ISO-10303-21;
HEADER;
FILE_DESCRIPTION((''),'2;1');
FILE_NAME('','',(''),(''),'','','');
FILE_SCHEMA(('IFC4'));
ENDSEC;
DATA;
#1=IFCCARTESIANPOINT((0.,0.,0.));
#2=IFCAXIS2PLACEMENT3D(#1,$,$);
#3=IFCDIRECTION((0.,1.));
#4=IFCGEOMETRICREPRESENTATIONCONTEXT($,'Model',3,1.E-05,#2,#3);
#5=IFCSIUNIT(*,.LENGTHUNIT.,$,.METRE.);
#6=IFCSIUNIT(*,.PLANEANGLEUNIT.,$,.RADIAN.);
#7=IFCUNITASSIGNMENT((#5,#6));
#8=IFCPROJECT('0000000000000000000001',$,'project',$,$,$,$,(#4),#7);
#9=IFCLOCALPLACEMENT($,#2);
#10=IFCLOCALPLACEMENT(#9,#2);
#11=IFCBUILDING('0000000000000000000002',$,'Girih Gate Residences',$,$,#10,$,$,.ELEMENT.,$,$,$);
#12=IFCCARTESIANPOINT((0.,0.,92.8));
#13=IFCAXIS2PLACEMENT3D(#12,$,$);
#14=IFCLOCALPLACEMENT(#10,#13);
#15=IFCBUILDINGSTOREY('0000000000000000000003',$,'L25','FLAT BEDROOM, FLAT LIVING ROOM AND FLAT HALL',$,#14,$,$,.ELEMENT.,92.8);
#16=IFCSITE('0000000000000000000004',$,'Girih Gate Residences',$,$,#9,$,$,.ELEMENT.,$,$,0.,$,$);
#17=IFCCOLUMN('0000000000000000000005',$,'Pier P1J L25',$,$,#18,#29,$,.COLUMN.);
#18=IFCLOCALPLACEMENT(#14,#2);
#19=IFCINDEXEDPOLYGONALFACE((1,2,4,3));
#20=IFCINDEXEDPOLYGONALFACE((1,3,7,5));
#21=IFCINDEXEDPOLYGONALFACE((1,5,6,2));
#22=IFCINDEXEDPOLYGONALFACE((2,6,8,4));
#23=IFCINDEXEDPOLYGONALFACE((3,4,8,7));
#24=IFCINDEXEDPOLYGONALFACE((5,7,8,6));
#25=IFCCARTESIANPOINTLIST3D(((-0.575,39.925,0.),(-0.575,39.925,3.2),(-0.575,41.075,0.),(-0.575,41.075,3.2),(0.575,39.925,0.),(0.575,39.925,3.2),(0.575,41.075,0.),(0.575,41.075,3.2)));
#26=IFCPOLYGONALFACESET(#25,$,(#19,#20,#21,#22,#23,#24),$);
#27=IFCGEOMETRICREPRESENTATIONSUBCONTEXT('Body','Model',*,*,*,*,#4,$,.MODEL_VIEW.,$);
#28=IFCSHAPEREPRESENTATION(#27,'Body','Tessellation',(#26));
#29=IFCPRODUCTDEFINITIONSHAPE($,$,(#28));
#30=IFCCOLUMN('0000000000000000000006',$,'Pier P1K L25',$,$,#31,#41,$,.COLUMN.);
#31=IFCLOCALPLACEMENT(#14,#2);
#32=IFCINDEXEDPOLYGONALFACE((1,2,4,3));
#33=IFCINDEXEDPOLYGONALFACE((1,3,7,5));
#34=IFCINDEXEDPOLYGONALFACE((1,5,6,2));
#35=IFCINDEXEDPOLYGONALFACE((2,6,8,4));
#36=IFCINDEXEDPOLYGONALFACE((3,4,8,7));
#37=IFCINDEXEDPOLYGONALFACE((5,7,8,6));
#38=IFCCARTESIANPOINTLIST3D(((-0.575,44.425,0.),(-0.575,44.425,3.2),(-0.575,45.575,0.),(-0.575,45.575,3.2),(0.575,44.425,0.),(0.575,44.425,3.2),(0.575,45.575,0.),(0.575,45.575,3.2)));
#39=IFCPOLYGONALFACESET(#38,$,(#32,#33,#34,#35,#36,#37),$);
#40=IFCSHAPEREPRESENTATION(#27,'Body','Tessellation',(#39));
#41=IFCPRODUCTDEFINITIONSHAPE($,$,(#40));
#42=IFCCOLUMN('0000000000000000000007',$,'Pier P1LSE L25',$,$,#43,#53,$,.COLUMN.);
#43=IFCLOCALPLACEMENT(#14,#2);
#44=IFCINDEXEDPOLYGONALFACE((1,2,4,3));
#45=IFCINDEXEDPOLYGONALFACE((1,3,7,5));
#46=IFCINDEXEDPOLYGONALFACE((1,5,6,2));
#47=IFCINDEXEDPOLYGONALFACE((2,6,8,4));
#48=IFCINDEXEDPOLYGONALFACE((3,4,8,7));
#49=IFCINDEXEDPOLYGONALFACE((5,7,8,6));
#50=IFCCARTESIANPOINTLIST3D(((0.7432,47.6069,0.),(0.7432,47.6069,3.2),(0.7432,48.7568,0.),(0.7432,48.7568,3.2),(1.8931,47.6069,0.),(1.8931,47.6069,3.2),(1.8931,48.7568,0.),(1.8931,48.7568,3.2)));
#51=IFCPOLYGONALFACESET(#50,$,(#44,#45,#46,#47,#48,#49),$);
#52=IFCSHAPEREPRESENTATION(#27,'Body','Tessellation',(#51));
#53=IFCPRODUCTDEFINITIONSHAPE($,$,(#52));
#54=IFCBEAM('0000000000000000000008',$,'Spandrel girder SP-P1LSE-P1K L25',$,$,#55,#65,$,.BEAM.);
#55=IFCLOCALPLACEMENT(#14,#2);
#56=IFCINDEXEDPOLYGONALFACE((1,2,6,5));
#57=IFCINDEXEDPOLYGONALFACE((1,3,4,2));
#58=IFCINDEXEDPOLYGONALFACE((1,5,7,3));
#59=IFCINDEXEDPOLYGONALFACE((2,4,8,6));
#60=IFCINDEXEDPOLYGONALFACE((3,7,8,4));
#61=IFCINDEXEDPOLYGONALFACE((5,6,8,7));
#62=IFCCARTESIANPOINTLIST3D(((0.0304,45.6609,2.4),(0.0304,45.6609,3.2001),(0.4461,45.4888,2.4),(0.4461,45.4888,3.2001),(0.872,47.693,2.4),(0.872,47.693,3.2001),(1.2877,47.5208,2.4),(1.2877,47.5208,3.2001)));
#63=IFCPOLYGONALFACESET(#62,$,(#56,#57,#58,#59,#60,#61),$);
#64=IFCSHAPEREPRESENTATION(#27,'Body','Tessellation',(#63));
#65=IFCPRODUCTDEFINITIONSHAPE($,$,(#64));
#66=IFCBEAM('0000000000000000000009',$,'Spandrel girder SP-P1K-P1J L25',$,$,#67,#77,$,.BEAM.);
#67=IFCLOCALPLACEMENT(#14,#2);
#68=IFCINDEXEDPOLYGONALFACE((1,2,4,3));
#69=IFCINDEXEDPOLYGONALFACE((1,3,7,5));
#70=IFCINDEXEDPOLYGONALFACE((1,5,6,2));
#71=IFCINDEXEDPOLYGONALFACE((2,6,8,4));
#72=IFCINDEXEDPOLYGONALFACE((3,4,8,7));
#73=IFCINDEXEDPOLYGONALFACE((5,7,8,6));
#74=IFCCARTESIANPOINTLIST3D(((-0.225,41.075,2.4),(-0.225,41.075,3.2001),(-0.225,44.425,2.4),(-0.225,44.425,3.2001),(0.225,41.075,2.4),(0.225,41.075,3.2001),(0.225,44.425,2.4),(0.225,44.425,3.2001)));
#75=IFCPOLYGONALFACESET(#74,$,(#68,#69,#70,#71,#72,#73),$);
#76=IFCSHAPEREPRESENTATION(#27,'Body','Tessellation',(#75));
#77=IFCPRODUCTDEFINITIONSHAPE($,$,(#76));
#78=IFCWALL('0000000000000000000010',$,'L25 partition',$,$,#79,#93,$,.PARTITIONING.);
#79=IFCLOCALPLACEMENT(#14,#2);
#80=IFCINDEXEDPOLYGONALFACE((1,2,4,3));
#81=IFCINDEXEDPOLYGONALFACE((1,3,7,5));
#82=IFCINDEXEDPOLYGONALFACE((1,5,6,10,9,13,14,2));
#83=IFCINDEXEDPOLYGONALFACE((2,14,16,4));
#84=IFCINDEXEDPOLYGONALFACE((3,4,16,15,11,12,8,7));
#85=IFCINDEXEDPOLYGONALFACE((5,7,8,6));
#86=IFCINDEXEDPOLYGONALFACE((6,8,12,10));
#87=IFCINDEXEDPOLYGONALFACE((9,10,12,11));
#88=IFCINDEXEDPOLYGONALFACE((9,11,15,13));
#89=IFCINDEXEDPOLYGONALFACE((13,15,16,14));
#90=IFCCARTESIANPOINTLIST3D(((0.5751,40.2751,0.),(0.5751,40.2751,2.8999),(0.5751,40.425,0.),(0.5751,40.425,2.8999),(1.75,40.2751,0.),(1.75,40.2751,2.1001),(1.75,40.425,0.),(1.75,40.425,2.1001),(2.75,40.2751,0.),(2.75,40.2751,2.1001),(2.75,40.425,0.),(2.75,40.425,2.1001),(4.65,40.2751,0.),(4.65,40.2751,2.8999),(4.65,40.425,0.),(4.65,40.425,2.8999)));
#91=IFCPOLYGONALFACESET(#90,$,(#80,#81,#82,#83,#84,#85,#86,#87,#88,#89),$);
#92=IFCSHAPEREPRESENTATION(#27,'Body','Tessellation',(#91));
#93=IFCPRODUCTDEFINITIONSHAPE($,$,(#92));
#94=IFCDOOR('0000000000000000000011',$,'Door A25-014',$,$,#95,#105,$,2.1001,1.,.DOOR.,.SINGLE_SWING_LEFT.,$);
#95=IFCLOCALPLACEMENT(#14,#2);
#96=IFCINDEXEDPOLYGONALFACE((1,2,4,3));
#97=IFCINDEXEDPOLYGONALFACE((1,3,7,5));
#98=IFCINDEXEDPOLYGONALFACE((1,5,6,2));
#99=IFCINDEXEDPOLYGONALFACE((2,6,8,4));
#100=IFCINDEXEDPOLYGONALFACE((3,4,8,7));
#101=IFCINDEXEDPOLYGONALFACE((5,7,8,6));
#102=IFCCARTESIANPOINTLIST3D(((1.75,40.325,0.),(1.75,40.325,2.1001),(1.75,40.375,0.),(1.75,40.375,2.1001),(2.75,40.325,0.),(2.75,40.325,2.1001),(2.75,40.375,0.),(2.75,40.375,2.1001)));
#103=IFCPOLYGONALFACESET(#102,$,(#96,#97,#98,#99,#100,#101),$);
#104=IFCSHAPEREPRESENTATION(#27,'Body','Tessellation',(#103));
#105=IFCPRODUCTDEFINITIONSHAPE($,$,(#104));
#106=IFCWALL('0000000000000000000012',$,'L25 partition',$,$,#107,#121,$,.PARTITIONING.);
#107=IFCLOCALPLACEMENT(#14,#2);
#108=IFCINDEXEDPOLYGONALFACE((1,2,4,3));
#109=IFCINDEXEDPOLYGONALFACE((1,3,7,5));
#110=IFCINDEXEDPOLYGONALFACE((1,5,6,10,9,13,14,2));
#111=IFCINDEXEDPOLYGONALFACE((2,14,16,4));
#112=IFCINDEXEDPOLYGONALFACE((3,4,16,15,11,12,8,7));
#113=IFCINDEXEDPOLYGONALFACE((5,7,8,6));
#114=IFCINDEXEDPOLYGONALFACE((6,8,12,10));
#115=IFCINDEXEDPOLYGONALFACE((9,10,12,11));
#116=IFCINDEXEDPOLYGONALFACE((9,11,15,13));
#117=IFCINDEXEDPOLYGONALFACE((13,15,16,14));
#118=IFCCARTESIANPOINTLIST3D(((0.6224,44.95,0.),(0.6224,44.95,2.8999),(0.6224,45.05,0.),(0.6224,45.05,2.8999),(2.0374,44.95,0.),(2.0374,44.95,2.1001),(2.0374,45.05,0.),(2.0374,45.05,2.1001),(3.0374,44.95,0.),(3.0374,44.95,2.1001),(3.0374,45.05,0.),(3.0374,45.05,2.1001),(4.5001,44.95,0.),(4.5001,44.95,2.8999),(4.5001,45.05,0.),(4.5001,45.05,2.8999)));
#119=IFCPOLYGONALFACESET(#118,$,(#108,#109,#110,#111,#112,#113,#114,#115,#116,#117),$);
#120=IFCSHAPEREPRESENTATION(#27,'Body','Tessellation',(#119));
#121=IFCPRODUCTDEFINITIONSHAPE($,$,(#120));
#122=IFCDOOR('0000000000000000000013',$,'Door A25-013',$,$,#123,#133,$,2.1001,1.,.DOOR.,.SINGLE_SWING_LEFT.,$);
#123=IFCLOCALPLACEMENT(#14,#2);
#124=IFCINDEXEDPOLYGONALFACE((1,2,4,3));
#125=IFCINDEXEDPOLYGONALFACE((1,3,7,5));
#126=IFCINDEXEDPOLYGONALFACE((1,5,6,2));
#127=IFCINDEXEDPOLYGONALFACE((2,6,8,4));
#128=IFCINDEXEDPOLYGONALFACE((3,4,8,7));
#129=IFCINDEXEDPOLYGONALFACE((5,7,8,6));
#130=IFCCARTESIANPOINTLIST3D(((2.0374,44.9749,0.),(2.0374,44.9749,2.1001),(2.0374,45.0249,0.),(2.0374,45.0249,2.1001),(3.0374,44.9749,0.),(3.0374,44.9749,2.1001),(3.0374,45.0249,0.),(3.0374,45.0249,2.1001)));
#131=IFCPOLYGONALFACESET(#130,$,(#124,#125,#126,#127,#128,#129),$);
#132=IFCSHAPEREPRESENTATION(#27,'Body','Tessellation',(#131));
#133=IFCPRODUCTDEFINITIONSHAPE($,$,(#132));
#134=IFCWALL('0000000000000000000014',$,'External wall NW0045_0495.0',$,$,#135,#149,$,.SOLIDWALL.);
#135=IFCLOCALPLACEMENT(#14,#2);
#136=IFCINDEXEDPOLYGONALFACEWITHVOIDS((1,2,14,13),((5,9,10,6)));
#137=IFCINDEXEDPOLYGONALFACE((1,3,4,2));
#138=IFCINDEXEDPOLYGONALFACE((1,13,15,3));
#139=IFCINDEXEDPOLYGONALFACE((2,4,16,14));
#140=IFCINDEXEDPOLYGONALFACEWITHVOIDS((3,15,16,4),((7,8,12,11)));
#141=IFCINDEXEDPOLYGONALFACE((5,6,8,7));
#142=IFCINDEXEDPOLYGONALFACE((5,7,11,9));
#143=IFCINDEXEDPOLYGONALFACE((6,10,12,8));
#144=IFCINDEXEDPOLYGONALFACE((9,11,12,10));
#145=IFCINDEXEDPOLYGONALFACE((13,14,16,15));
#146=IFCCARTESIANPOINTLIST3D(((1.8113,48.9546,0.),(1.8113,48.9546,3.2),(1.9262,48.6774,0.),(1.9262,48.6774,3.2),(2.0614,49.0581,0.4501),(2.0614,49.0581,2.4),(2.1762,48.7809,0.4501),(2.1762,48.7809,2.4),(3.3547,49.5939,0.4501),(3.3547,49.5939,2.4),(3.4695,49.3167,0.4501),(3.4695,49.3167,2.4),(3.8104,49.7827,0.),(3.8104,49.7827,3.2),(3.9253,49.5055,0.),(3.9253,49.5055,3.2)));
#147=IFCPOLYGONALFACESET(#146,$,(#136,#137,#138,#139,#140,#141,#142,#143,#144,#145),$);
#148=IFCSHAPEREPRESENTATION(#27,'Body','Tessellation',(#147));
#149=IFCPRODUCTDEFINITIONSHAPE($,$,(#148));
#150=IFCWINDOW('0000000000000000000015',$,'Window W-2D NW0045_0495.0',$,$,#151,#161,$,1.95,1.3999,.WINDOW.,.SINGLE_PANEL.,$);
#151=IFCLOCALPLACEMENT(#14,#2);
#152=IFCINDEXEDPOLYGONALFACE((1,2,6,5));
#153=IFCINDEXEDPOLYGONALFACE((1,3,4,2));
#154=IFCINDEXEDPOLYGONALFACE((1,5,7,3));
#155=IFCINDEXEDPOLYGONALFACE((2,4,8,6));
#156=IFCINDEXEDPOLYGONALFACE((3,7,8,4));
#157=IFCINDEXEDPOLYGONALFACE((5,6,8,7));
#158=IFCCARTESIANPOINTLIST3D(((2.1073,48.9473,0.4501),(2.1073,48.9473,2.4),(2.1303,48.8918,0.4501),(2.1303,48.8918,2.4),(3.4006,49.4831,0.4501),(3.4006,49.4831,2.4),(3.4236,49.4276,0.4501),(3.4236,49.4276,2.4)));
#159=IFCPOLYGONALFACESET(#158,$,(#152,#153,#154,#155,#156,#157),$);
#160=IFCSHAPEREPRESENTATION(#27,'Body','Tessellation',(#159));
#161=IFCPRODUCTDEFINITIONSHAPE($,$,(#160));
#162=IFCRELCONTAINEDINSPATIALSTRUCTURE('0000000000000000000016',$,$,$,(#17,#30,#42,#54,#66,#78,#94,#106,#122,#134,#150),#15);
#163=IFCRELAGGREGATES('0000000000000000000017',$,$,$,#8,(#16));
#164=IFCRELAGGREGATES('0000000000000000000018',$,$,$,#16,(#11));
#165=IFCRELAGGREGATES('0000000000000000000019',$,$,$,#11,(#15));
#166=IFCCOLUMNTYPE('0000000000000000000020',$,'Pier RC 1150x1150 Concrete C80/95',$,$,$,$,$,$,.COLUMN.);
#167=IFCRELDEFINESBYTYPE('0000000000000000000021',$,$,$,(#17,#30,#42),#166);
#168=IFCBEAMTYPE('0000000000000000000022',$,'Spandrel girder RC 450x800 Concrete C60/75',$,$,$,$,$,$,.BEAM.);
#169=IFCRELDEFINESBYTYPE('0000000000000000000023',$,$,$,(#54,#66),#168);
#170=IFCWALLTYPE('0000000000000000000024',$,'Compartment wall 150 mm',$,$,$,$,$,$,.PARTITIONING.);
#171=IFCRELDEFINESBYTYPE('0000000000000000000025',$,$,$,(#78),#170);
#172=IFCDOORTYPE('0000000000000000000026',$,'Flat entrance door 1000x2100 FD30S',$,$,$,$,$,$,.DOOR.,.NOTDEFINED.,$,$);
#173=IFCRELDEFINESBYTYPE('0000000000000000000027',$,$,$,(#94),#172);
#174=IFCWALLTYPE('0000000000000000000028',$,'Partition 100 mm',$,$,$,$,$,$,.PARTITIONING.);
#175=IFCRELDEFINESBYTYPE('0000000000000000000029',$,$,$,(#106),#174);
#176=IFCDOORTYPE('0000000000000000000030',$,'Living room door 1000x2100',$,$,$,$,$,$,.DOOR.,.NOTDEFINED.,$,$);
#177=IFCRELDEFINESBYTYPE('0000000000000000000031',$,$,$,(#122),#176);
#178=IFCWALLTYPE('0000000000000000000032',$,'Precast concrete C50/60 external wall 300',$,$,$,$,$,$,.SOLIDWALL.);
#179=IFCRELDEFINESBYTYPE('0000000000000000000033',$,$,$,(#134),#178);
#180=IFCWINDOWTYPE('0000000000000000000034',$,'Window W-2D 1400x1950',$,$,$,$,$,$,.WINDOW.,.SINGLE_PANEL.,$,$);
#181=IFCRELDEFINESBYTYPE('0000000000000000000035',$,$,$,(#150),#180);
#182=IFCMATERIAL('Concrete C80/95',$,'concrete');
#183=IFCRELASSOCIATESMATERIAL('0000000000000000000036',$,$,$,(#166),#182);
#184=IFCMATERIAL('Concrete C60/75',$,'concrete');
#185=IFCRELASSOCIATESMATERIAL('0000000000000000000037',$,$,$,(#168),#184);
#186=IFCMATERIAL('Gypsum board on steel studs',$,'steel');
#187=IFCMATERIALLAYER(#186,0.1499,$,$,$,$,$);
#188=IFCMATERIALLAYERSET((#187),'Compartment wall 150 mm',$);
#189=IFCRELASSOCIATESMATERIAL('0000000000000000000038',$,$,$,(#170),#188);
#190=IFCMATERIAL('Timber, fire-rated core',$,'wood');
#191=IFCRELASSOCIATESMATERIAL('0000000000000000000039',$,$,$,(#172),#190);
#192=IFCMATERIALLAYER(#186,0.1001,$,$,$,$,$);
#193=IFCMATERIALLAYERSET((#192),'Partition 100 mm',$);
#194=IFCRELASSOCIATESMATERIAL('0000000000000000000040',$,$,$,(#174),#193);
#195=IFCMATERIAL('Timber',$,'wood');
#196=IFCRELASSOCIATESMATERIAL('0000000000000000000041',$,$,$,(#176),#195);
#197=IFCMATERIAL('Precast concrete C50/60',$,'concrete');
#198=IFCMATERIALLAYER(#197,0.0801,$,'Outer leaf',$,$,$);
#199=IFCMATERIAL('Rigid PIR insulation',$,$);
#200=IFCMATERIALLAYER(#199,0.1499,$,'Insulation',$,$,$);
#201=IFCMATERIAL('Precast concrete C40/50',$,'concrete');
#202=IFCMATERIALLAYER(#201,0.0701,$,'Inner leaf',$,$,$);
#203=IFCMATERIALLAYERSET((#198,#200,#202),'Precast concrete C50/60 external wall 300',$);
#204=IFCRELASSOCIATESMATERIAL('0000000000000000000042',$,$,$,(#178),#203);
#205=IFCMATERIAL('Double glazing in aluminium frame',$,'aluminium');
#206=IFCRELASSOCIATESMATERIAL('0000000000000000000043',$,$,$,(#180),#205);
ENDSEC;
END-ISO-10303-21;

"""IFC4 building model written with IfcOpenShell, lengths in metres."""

from ifc_helpers import new_model, si_unit, direction, frame, frame_2d, origin, origin_2d, place, context, subcontext, project, spatial, rectangle, extrude, material, layer, layer_set, material_profile, profile_set, type_object, element, fill, save


model = new_model("IFC4")

# Units and contexts
model_context = context("Model", 3, precision=1e-05, world=origin(), true_north=direction((0.0, 1.0)))
body_context = subcontext(model_context, "Body", "Model", "MODEL_VIEW")
ifc_project = project(units=[si_unit("LENGTHUNIT", "METRE"), si_unit("PLANEANGLEUNIT", "RADIAN")], contexts=[model_context])

# Site, building, storey
site_placement = place(None, origin())
site = spatial("IfcSite", under=ifc_project, at=site_placement, Name="Girih Gate Residences", CompositionType="ELEMENT", RefElevation=0.0)
building_placement = place(site_placement, origin())
building = spatial("IfcBuilding", under=site, at=building_placement, Name="Girih Gate Residences", CompositionType="ELEMENT")
storey_placement = place(building_placement, frame((0.0, 0.0, 92.8)))
storey = spatial("IfcBuildingStorey", under=building, at=storey_placement, Name="L25", Description="FLAT BEDROOM, FLAT LIVING ROOM AND FLAT HALL", CompositionType="ELEMENT", Elevation=92.8)

# Columns
ifc_material_1 = material(Name="Concrete C80/95", Category="concrete")
ifc_material_profile_1 = material_profile(ifc_material_1, rectangle(XDim=1.1499, YDim=1.1499, at=origin_2d()))
ifc_profile_set_1 = profile_set([ifc_material_profile_1], Name="Concrete C80/95")
column_type = type_object("IfcColumnType", Name="Pier RC 1150x1150 Concrete C80/95", PredefinedType="COLUMN", material=ifc_profile_set_1)
for number, where, z_axis, x_axis, name in (
    (1, (0.0, 40.5, 0.0), (0.0, 0.0, 1.0), (1.0, 0.0, 0.0), "Pier P1J L25"),
    (2, (0.0, 45.0, 0.0), (0.0, 0.0, 1.0), (1.0, 0.0, 0.0), "Pier P1K L25"),
    (3, (1.3181, 48.1819, 0.0), (0.0, 0.0, 1.0), (1.0, 0.0, 0.0), "Pier P1LSE L25"),
):
    element("IfcColumn", number, at=place(storey_placement, frame(where, z_axis=z_axis, x_axis=x_axis)), inside=storey, type_object=column_type, Name=name, PredefinedType="COLUMN", context=body_context, shape_type="SweptSolid", body=[
        extrude(rectangle(XDim=1.1499, YDim=1.1499, at=origin_2d()), origin(), (0.0, 0.0, 1.0), 3.2),
    ])

# Beams
ifc_material_2 = material(Name="Concrete C60/75", Category="concrete")
ifc_material_profile_2 = material_profile(ifc_material_2, rectangle(XDim=0.45, YDim=0.8, at=origin_2d()))
ifc_profile_set_2 = profile_set([ifc_material_profile_2], Name="Concrete C60/75")
beam_type = type_object("IfcBeamType", Name="Spandrel girder RC 450x800 Concrete C60/75", PredefinedType="BEAM", material=ifc_profile_set_2)
beam_1_placement = place(storey_placement, frame((1.0798, 47.6069, 2.8), z_axis=(-0.382636, -0.923899, 0.0), x_axis=(0.923899, -0.382636, 0.0)))
element("IfcBeam", 4, at=beam_1_placement, inside=storey, type_object=beam_type, Name="Spandrel girder SP-P1LSE-P1K L25", PredefinedType="BEAM", context=body_context, shape_type="SweptSolid", body=[
    extrude(rectangle(XDim=0.45, YDim=0.8, at=origin_2d()), origin(), (0.0, 0.0, 1.0), 2.1995),
])
beam_2_placement = place(storey_placement, frame((0.0, 44.425, 2.8), z_axis=(0.0, -1.0, 0.0), x_axis=(1.0, 0.0, 0.0)))
element("IfcBeam", 5, at=beam_2_placement, inside=storey, type_object=beam_type, Name="Spandrel girder SP-P1K-P1J L25", PredefinedType="BEAM", context=body_context, shape_type="SweptSolid", body=[
    extrude(rectangle(XDim=0.45, YDim=0.8, at=origin_2d()), origin(), (0.0, 0.0, 1.0), 3.3501),
])

# Walls, openings, doors
ifc_material_3 = material(Name="Gypsum board on steel studs", Category="steel")
ifc_layer_1 = layer(ifc_material_3, 0.1499)
ifc_layer_set_1 = layer_set([ifc_layer_1], Name="Compartment wall 150 mm")
wall_type_1 = type_object("IfcWallType", Name="Compartment wall 150 mm", PredefinedType="PARTITIONING", material=ifc_layer_set_1)
wall_1_placement = place(storey_placement, frame((0.575, 40.3501, 0.0), z_axis=(0.0, 0.0, 1.0), x_axis=(1.0, 0.0, 0.0)))
wall_1 = element("IfcWall", 6, at=wall_1_placement, inside=storey, type_object=wall_type_1, Name="L25 partition", PredefinedType="PARTITIONING", context=body_context, shape_type="SweptSolid", body=[
    extrude(rectangle(XDim=4.075, YDim=0.1499, at=frame_2d((2.0376, 0.0))), origin(), (0.0, 0.0, 1.0), 2.8999),
])
opening_1_placement = place(wall_1_placement, frame((1.175, 0.0, 0.0)))
opening_1 = element("IfcOpeningElement", 7, at=opening_1_placement, cuts=wall_1, PredefinedType="OPENING", context=body_context, shape_type="SweptSolid", body=[
    extrude(rectangle(XDim=1.0, YDim=2.1001, at=frame_2d((0.5, 1.05))), frame((0.0, 0.085, 0.0), z_axis=(0.0, -1.0, 0.0), x_axis=(1.0, 0.0, 0.0)), (0.0, 0.0, 1.0), 0.1699),
])
ifc_material_4 = material(Name="Timber, fire-rated core", Category="wood")
door_type_1 = type_object("IfcDoorType", Name="Flat entrance door 1000x2100 FD30S", OperationType="NOTDEFINED", PredefinedType="DOOR", material=ifc_material_4)
door_1_placement = place(opening_1_placement, origin())
door_1 = element("IfcDoor", 8, at=door_1_placement, inside=storey, type_object=door_type_1, Name="Door A25-014", OperationType="SINGLE_SWING_LEFT", OverallHeight=2.1001, OverallWidth=1.0, PredefinedType="DOOR", context=body_context, shape_type="SweptSolid", body=[
    extrude(rectangle(XDim=1.0, YDim=2.1001, at=frame_2d((0.5, 1.05))), frame((0.0, 0.0249, 0.0), z_axis=(0.0, -1.0, 0.0), x_axis=(1.0, 0.0, 0.0)), (0.0, 0.0, 1.0), 0.05),
])
fill(opening_1, door_1)
ifc_layer_2 = layer(ifc_material_3, 0.1001)
ifc_layer_set_2 = layer_set([ifc_layer_2], Name="Partition 100 mm")
wall_type_2 = type_object("IfcWallType", Name="Partition 100 mm", PredefinedType="PARTITIONING", material=ifc_layer_set_2)
wall_2_placement = place(storey_placement, frame((0.6223, 45.0, 0.0), z_axis=(0.0, 0.0, 1.0), x_axis=(1.0, 0.0, 0.0)))
wall_2 = element("IfcWall", 9, at=wall_2_placement, inside=storey, type_object=wall_type_2, Name="L25 partition", PredefinedType="PARTITIONING", context=body_context, shape_type="SweptSolid", body=[
    extrude(rectangle(XDim=3.8777, YDim=0.1001, at=frame_2d((1.939, 0.0))), origin(), (0.0, 0.0, 1.0), 2.8999),
])
opening_2_placement = place(wall_2_placement, frame((1.415, 0.0, 0.0)))
opening_2 = element("IfcOpeningElement", 10, at=opening_2_placement, cuts=wall_2, PredefinedType="OPENING", context=body_context, shape_type="SweptSolid", body=[
    extrude(rectangle(XDim=1.0, YDim=2.1001, at=frame_2d((0.5, 1.05))), frame((0.0, 0.0601, 0.0), z_axis=(0.0, -1.0, 0.0), x_axis=(1.0, 0.0, 0.0)), (0.0, 0.0, 1.0), 0.1201),
])
ifc_material_5 = material(Name="Timber", Category="wood")
door_type_2 = type_object("IfcDoorType", Name="Living room door 1000x2100", OperationType="NOTDEFINED", PredefinedType="DOOR", material=ifc_material_5)
door_2_placement = place(opening_2_placement, origin())
door_2 = element("IfcDoor", 11, at=door_2_placement, inside=storey, type_object=door_type_2, Name="Door A25-013", OperationType="SINGLE_SWING_LEFT", OverallHeight=2.1001, OverallWidth=1.0, PredefinedType="DOOR", context=body_context, shape_type="SweptSolid", body=[
    extrude(rectangle(XDim=1.0, YDim=2.1001, at=frame_2d((0.5, 1.05))), frame((0.0, 0.0249, 0.0), z_axis=(0.0, -1.0, 0.0), x_axis=(1.0, 0.0, 0.0)), (0.0, 0.0, 1.0), 0.05),
])
fill(opening_2, door_2)

# Wall, opening, window
ifc_material_6 = material(Name="Precast concrete C50/60", Category="concrete")
ifc_layer_3 = layer(ifc_material_6, 0.0801, Name="Outer leaf")
ifc_material_7 = material(Name="Rigid PIR insulation")
ifc_layer_4 = layer(ifc_material_7, 0.1499, Name="Insulation")
ifc_material_8 = material(Name="Precast concrete C40/50", Category="concrete")
ifc_layer_5 = layer(ifc_material_8, 0.0701, Name="Inner leaf")
ifc_layer_set_3 = layer_set([ifc_layer_3, ifc_layer_4, ifc_layer_5], Name="Precast concrete C50/60 external wall 300")
wall_type_3 = type_object("IfcWallType", Name="Precast concrete C50/60 external wall 300", PredefinedType="SOLIDWALL", material=ifc_layer_set_3)
wall_3_placement = place(storey_placement, frame((1.8687, 48.8159, 0.0), z_axis=(0.0, 0.0, 1.0), x_axis=(0.923863, 0.382724, 0.0)))
wall_3 = element("IfcWall", 12, at=wall_3_placement, inside=storey, type_object=wall_type_3, Name="External wall NW0045_0495.0", PredefinedType="SOLIDWALL", context=body_context, shape_type="SweptSolid", body=[
    extrude(rectangle(XDim=2.1638, YDim=0.3, at=frame_2d((1.082, 0.0))), origin(), (0.0, 0.0, 1.0), 3.2),
])
opening_3_placement = place(wall_3_placement, frame((0.2708, 0.0, 0.45)))
opening_3 = element("IfcOpeningElement", 13, at=opening_3_placement, cuts=wall_3, PredefinedType="OPENING", context=body_context, shape_type="SweptSolid", body=[
    extrude(rectangle(XDim=1.3999, YDim=1.95, at=frame_2d((0.7, 0.9751))), frame((0.0, 0.1599, 0.0), z_axis=(0.0, -1.0, 0.0), x_axis=(1.0, 0.0, 0.0)), (0.0, 0.0, 1.0), 0.3201),
])
ifc_material_9 = material(Name="Double glazing in aluminium frame", Category="aluminium")
window_type_1 = type_object("IfcWindowType", Name="Window W-2D 1400x1950", PartitioningType="SINGLE_PANEL", PredefinedType="WINDOW", material=ifc_material_9)
window_1_placement = place(opening_3_placement, origin())
window_1 = element("IfcWindow", 14, at=window_1_placement, inside=storey, type_object=window_type_1, Name="Window W-2D NW0045_0495.0", OverallHeight=1.95, OverallWidth=1.3999, PartitioningType="SINGLE_PANEL", PredefinedType="WINDOW", context=body_context, shape_type="SweptSolid", body=[
    extrude(rectangle(XDim=1.3999, YDim=1.95, at=frame_2d((0.7, 0.9751))), frame((0.0, 0.03, 0.0), z_axis=(0.0, -1.0, 0.0), x_axis=(1.0, 0.0, 0.0)), (0.0, 0.0, 1.0), 0.0601),
])
fill(opening_3, window_1)

save(model, "model.ifc")
